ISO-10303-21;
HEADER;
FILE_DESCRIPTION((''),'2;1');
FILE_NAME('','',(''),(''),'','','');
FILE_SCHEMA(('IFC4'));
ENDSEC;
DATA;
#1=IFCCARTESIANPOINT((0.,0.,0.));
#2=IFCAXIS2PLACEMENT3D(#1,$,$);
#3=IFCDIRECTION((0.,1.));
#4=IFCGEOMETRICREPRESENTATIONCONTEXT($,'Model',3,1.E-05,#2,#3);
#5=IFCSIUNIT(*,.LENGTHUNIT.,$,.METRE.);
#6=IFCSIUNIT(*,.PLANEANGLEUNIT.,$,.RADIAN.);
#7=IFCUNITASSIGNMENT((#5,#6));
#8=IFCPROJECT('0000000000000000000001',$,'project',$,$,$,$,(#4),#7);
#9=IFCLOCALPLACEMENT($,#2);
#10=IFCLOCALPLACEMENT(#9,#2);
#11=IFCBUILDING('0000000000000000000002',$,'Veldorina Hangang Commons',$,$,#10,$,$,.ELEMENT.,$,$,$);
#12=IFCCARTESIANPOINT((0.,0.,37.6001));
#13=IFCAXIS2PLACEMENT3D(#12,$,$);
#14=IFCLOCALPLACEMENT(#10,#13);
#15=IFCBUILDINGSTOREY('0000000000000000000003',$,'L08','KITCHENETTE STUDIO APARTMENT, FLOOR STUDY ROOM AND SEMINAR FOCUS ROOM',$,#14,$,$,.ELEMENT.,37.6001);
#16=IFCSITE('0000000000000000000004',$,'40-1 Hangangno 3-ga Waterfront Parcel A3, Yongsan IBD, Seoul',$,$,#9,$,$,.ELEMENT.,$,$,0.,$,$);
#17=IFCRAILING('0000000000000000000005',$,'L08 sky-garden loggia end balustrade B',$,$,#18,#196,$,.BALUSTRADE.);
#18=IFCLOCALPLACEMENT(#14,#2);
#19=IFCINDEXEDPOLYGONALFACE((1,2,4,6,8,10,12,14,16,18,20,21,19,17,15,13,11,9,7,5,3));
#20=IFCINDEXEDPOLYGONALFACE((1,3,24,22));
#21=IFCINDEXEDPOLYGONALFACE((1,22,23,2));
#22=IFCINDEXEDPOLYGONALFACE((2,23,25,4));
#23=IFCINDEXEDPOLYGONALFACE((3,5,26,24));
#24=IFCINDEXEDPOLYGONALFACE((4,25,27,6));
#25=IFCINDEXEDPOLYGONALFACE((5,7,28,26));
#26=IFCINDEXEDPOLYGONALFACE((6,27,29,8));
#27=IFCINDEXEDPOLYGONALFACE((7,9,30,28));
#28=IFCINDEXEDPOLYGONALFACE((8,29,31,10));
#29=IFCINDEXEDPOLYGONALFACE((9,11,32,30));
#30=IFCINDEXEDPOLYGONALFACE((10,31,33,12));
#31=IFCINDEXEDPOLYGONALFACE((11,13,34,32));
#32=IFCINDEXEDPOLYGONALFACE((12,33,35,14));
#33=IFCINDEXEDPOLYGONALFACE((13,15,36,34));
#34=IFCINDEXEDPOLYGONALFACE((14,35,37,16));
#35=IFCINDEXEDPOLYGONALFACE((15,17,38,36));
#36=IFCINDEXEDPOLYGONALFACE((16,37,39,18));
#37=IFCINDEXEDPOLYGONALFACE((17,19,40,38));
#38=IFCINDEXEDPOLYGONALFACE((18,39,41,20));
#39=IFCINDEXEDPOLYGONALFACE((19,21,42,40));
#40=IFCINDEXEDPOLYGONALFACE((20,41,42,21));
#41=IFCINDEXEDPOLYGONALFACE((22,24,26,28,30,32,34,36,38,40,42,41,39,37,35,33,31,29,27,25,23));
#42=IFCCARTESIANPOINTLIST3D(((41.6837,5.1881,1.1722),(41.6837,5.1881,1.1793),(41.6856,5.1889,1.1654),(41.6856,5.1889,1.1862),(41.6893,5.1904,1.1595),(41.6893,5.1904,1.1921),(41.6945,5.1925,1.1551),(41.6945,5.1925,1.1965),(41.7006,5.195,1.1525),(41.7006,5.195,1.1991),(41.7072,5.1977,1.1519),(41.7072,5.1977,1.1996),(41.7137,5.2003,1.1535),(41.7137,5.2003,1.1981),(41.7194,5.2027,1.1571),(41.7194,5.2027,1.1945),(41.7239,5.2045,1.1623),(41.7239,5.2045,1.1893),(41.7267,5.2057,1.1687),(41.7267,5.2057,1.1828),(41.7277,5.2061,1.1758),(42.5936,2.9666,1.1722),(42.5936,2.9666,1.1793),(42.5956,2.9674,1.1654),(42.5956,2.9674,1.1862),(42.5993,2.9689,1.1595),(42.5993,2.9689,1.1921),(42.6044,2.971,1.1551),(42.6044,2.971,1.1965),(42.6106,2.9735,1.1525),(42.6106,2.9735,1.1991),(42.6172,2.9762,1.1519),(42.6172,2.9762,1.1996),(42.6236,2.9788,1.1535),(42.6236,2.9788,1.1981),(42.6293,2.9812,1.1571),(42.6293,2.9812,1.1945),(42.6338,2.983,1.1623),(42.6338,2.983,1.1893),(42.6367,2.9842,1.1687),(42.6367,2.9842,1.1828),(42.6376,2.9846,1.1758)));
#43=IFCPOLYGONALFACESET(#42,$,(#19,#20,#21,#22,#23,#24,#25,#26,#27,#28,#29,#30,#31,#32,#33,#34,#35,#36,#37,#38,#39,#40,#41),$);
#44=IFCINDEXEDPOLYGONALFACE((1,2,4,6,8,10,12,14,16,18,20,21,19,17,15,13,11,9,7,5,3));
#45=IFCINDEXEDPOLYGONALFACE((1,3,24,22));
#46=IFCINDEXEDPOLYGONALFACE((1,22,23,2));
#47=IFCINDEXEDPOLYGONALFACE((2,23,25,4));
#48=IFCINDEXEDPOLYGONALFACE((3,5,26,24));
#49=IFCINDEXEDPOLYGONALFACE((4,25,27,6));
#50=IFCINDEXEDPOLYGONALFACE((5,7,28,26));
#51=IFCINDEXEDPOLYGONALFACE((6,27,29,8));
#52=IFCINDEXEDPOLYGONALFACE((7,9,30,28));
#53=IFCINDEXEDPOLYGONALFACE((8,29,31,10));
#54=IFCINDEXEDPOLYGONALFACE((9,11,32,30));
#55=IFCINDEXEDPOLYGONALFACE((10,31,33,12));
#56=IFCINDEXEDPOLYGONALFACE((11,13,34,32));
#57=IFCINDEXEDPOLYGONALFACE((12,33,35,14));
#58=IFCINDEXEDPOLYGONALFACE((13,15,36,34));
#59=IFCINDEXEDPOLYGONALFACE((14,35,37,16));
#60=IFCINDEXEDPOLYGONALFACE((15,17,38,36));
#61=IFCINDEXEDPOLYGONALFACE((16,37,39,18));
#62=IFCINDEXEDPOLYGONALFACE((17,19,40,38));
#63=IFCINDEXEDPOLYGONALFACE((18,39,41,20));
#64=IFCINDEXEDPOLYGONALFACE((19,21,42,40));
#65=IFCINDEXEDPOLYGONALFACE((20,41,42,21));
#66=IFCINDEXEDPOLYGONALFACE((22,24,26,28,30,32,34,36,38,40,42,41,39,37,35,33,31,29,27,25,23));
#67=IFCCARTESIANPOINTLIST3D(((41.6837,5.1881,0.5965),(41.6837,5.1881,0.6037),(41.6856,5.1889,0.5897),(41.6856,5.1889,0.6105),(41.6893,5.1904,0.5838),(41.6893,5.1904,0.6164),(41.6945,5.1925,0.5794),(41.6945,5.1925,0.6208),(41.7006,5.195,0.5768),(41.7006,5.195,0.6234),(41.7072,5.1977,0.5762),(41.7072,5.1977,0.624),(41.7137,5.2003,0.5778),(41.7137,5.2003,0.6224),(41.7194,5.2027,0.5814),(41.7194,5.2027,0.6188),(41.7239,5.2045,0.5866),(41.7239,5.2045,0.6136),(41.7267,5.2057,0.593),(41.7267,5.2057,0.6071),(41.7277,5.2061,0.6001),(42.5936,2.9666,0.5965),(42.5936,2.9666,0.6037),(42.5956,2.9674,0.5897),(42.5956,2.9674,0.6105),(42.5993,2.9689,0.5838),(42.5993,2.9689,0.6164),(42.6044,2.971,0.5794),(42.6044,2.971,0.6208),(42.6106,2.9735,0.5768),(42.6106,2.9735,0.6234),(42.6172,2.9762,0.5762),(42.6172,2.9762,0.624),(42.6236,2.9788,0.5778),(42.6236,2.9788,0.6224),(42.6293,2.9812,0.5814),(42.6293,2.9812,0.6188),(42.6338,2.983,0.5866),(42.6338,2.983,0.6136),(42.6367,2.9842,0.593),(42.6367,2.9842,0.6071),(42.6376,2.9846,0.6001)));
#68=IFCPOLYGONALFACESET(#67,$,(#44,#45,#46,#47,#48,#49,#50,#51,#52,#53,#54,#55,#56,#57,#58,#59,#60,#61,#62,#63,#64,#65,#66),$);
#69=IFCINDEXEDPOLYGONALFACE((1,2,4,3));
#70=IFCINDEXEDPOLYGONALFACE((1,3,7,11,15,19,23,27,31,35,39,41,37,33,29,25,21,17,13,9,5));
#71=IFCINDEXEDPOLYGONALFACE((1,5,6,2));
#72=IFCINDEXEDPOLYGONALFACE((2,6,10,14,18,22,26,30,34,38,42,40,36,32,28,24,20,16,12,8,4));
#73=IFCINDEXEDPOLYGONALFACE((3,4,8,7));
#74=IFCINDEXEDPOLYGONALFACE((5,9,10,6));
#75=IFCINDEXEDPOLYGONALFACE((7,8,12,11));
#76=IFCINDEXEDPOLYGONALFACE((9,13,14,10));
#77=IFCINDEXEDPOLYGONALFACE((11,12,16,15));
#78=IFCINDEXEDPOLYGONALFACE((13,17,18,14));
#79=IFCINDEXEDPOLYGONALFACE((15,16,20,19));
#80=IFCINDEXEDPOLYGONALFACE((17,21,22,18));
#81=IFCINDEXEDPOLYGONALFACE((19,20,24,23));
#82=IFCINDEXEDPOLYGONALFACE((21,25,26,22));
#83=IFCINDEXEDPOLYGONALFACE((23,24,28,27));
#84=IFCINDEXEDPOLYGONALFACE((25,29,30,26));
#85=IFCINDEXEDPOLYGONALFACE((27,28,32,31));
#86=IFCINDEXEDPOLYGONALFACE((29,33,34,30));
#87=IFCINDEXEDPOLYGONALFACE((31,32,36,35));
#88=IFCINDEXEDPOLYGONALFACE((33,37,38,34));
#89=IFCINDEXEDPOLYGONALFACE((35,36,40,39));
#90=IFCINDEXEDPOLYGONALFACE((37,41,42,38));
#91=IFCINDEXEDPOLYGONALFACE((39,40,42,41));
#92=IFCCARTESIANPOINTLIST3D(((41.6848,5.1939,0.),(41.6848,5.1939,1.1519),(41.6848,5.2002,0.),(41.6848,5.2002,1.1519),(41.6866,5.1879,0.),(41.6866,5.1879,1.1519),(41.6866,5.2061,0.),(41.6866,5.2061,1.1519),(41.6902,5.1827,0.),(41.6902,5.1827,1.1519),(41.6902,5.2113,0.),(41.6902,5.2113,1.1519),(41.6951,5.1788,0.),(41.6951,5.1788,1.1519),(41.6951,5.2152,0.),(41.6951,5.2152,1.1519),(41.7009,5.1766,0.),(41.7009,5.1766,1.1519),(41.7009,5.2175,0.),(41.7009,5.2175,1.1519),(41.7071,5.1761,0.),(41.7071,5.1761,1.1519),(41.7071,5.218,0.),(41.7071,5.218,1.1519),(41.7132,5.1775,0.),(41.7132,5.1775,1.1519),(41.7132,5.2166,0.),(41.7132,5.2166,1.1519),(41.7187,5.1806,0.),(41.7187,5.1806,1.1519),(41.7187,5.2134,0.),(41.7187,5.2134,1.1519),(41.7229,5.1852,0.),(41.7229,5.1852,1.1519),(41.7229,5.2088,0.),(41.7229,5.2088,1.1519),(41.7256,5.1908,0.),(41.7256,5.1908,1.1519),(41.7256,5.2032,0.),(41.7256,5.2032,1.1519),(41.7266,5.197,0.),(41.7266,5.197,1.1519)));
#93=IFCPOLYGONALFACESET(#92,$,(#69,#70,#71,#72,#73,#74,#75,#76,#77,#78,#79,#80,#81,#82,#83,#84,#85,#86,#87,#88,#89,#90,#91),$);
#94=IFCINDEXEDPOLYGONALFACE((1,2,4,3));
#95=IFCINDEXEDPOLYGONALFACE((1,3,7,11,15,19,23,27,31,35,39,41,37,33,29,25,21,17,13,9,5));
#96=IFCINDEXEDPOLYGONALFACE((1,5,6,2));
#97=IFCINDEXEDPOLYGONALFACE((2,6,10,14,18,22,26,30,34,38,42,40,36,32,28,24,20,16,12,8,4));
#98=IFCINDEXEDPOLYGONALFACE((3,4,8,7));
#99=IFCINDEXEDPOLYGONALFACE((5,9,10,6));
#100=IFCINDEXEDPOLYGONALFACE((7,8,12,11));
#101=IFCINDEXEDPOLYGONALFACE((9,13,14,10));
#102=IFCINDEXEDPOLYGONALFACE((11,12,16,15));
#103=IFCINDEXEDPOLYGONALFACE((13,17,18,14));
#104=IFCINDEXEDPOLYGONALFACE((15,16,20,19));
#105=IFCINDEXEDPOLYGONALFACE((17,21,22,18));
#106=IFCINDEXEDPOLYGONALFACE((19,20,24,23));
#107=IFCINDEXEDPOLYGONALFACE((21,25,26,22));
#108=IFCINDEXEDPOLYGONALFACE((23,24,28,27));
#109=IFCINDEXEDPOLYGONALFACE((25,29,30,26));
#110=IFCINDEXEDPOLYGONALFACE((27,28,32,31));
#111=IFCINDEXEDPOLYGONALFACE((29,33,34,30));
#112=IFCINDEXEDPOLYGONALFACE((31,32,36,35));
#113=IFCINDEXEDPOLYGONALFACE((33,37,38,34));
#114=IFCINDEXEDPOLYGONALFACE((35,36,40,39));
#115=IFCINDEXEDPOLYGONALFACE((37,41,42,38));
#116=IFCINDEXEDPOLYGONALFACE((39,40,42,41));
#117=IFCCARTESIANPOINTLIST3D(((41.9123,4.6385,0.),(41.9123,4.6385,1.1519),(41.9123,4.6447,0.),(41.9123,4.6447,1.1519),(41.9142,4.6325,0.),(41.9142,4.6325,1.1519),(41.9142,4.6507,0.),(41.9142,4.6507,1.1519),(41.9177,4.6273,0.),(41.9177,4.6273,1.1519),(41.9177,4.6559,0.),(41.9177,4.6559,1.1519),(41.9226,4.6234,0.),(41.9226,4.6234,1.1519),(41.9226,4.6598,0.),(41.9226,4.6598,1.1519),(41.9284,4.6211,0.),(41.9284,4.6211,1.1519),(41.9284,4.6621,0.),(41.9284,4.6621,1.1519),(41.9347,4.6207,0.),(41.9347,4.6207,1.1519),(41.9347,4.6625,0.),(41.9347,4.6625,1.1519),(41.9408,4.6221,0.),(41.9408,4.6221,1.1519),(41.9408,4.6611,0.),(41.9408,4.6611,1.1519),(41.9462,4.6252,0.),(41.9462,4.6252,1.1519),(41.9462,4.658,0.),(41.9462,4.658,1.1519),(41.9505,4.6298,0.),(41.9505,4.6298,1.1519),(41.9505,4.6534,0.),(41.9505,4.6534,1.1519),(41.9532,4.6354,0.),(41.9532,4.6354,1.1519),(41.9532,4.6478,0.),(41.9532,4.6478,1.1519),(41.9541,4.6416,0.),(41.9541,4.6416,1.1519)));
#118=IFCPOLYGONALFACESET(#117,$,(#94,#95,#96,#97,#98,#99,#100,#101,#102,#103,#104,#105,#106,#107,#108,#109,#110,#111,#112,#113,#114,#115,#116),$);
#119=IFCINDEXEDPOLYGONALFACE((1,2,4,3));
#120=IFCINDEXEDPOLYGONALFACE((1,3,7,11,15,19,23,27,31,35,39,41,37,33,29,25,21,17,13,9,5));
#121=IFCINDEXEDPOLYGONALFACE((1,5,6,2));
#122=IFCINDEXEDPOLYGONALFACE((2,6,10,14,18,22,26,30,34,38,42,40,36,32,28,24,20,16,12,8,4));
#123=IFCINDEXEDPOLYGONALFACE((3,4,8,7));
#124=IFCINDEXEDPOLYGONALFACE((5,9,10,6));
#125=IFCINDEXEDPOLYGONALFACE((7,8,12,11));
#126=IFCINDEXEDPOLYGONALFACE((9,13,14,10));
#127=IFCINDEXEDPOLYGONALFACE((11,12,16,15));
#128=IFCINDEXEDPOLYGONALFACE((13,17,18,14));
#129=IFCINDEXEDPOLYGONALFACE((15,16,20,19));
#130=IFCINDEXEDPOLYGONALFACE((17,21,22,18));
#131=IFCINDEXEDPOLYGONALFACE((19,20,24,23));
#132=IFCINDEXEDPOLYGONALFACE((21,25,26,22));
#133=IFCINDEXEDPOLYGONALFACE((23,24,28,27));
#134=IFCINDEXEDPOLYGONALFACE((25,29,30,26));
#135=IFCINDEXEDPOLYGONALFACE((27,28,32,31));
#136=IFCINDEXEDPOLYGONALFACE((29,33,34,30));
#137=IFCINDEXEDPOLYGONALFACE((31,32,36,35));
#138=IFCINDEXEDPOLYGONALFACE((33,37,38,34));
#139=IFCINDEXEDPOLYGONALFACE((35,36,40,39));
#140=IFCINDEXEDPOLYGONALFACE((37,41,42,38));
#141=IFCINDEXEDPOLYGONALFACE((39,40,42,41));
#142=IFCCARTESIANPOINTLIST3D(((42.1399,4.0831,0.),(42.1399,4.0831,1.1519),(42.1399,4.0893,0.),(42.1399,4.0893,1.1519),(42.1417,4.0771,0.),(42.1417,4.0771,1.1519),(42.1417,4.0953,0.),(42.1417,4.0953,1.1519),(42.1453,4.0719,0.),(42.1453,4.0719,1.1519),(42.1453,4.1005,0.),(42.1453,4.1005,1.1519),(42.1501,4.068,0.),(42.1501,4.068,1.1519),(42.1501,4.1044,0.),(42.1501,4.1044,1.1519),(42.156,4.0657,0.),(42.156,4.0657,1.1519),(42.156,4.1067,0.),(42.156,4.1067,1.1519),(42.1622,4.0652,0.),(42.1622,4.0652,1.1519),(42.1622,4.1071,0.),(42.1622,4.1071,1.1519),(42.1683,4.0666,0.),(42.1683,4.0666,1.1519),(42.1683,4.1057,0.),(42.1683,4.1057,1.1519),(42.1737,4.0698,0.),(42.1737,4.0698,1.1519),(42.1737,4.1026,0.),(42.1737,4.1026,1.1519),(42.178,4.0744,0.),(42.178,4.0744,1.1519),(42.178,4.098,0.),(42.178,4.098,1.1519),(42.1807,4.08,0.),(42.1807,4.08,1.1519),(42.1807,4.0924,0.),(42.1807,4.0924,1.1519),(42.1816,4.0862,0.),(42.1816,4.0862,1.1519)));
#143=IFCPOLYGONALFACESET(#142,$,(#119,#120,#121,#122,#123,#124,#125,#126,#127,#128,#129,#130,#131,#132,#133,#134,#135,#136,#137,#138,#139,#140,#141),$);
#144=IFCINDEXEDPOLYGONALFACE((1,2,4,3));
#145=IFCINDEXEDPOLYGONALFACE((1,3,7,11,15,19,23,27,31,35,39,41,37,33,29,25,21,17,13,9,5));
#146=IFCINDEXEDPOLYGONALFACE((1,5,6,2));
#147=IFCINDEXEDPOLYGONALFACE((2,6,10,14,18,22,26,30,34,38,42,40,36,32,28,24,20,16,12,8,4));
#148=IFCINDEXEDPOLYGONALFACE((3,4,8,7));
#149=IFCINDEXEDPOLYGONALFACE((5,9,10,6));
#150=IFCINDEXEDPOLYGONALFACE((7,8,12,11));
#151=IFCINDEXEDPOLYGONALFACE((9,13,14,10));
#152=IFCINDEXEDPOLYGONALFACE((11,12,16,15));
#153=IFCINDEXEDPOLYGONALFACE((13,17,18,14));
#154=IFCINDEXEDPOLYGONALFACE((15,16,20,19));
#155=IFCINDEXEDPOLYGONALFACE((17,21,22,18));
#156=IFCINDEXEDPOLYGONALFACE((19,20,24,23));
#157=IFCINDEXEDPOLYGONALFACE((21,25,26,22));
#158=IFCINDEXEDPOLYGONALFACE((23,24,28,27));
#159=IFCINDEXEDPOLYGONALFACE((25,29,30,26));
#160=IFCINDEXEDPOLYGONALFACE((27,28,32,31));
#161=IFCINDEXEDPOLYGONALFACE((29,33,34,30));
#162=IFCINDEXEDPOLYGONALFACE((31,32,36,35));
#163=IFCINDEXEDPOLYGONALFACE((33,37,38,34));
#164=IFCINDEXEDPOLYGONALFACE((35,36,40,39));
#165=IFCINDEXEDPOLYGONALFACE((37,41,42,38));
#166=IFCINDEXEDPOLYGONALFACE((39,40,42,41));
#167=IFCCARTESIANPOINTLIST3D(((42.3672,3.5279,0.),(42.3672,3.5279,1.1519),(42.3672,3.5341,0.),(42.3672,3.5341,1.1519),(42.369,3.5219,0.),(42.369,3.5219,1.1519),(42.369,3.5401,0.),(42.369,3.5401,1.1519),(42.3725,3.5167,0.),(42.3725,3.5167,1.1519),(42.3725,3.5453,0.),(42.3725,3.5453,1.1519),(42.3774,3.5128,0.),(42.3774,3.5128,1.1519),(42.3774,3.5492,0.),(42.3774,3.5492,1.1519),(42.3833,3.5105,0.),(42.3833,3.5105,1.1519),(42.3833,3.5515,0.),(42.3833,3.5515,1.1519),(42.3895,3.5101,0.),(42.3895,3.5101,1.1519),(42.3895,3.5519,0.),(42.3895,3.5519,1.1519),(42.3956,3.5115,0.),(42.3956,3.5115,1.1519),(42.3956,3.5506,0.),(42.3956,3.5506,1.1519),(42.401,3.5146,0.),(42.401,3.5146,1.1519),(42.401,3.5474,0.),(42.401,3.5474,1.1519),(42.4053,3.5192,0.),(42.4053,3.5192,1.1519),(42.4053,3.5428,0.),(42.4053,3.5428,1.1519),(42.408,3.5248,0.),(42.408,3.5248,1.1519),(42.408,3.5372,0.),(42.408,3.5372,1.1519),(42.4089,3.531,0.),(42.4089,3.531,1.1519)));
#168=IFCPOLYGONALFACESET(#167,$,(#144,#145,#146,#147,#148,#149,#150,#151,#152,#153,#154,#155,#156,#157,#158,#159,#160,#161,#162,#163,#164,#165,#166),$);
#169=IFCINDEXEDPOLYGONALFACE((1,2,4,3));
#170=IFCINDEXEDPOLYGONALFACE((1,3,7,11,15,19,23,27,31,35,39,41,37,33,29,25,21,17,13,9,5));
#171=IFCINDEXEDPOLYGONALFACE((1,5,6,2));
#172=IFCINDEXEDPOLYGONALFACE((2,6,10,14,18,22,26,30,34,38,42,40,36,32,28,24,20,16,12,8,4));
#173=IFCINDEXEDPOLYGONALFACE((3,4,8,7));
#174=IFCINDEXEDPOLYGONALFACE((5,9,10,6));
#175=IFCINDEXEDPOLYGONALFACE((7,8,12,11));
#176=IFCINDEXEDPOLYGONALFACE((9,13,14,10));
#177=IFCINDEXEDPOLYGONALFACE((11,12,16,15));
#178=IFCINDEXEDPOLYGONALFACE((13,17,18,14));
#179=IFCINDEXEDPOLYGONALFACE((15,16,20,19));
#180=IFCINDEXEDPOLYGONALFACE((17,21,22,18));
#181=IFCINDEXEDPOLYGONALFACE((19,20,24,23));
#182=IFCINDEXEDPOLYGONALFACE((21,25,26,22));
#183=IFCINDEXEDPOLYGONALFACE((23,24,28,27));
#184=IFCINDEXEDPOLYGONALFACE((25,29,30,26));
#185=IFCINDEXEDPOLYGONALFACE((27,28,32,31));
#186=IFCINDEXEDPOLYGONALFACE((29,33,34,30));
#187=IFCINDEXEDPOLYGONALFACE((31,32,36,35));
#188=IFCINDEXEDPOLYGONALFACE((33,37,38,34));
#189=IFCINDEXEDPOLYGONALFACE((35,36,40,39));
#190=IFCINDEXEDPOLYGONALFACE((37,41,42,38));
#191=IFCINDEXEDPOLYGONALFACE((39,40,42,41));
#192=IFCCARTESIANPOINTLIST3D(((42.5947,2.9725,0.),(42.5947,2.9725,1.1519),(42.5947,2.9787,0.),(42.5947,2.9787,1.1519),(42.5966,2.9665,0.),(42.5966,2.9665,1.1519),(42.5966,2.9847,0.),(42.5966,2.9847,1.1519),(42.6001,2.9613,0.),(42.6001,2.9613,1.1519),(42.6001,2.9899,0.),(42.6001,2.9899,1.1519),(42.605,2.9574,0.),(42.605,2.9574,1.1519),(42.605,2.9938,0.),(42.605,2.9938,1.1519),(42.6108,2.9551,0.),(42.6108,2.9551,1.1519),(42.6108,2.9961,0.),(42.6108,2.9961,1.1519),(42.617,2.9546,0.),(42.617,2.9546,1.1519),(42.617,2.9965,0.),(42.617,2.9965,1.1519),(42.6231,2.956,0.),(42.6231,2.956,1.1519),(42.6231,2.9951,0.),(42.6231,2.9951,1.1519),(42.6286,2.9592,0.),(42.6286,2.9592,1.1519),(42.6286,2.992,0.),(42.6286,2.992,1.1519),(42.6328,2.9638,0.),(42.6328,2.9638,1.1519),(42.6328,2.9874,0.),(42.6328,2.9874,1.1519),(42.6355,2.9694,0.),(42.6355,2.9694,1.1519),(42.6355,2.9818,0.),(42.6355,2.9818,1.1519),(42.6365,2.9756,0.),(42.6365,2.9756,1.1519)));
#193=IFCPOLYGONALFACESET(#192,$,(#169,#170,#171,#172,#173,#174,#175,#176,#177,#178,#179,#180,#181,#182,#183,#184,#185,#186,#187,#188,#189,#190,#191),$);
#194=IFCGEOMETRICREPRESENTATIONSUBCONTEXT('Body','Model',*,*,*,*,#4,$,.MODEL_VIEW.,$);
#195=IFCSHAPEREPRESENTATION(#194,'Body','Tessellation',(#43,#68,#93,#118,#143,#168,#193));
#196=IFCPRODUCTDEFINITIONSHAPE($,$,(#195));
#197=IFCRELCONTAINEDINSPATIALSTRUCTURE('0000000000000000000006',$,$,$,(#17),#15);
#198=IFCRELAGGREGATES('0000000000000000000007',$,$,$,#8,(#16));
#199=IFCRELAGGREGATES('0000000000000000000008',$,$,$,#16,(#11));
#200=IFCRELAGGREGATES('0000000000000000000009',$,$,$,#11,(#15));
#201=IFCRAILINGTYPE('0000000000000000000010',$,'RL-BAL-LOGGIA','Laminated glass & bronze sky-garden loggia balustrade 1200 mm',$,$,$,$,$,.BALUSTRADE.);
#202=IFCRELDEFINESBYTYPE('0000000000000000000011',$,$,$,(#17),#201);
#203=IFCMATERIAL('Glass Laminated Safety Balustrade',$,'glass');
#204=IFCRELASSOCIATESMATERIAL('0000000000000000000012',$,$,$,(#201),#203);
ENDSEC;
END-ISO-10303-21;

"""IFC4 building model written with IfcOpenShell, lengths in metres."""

from ifc_helpers import new_model, si_unit, direction, frame, origin, origin_2d, place, context, subcontext, project, spatial, circle, extrude, material, type_object, element, save


model = new_model("IFC4")

# Units and contexts
model_context = context("Model", 3, precision=1e-05, world=origin(), true_north=direction((0.0, 1.0)))
body_context = subcontext(model_context, "Body", "Model", "MODEL_VIEW")
ifc_project = project(units=[si_unit("LENGTHUNIT", "METRE"), si_unit("PLANEANGLEUNIT", "RADIAN")], contexts=[model_context])

# Site, building, storey
site_placement = place(None, origin())
site = spatial("IfcSite", under=ifc_project, at=site_placement, Name="40-1 Hangangno 3-ga Waterfront Parcel A3, Yongsan IBD, Seoul", CompositionType="ELEMENT", RefElevation=0.0)
building_placement = place(site_placement, origin())
building = spatial("IfcBuilding", under=site, at=building_placement, Name="Veldorina Hangang Commons", CompositionType="ELEMENT")
storey_placement = place(building_placement, frame((0.0, 0.0, 37.6001)))
storey = spatial("IfcBuildingStorey", under=building, at=storey_placement, Name="L08", Description="KITCHENETTE STUDIO APARTMENT, FLOOR STUDY ROOM AND SEMINAR FOCUS ROOM", CompositionType="ELEMENT", Elevation=37.6001)

# Railing
ifc_material_1 = material(Name="Glass Laminated Safety Balustrade", Category="glass")
railing_type = type_object("IfcRailingType", Name="RL-BAL-LOGGIA", Description="Laminated glass & bronze sky-garden loggia balustrade 1200 mm", PredefinedType="BALUSTRADE", material=ifc_material_1)
railing_placement = place(storey_placement, frame((41.7056, 5.197, 0.0)))
element("IfcRailing", 1, at=railing_placement, inside=storey, type_object=railing_type, Name="L08 sky-garden loggia end balustrade B", PredefinedType="BALUSTRADE", context=body_context, shape_type="SweptSolid", body=[
    extrude(circle(Radius=0.0239, at=origin_2d()), frame((0.0, 0.0, 1.1758), z_axis=(0.379041, -0.92538, 0.0), x_axis=(0.92538, 0.379041, 0.0)), (0.0, 0.0, 1.0), 2.4006),
    extrude(circle(Radius=0.0239, at=origin_2d()), frame((0.0, 0.0, 0.6001), z_axis=(0.379041, -0.92538, 0.0), x_axis=(0.92538, 0.379041, 0.0)), (0.0, 0.0, 1.0), 2.4006),
    extrude(circle(Radius=0.021, at=origin_2d()), origin(), (0.0, 0.0, 1.0), 1.1519),
    extrude(circle(Radius=0.021, at=origin_2d()), frame((0.2275, -0.5554, 0.0)), (0.0, 0.0, 1.0), 1.1519),
    extrude(circle(Radius=0.021, at=origin_2d()), frame((0.4551, -1.1108, 0.0)), (0.0, 0.0, 1.0), 1.1519),
    extrude(circle(Radius=0.021, at=origin_2d()), frame((0.6824, -1.666, 0.0)), (0.0, 0.0, 1.0), 1.1519),
    extrude(circle(Radius=0.021, at=origin_2d()), frame((0.9099, -2.2214, 0.0)), (0.0, 0.0, 1.0), 1.1519),
])

save(model, "model.ifc")
